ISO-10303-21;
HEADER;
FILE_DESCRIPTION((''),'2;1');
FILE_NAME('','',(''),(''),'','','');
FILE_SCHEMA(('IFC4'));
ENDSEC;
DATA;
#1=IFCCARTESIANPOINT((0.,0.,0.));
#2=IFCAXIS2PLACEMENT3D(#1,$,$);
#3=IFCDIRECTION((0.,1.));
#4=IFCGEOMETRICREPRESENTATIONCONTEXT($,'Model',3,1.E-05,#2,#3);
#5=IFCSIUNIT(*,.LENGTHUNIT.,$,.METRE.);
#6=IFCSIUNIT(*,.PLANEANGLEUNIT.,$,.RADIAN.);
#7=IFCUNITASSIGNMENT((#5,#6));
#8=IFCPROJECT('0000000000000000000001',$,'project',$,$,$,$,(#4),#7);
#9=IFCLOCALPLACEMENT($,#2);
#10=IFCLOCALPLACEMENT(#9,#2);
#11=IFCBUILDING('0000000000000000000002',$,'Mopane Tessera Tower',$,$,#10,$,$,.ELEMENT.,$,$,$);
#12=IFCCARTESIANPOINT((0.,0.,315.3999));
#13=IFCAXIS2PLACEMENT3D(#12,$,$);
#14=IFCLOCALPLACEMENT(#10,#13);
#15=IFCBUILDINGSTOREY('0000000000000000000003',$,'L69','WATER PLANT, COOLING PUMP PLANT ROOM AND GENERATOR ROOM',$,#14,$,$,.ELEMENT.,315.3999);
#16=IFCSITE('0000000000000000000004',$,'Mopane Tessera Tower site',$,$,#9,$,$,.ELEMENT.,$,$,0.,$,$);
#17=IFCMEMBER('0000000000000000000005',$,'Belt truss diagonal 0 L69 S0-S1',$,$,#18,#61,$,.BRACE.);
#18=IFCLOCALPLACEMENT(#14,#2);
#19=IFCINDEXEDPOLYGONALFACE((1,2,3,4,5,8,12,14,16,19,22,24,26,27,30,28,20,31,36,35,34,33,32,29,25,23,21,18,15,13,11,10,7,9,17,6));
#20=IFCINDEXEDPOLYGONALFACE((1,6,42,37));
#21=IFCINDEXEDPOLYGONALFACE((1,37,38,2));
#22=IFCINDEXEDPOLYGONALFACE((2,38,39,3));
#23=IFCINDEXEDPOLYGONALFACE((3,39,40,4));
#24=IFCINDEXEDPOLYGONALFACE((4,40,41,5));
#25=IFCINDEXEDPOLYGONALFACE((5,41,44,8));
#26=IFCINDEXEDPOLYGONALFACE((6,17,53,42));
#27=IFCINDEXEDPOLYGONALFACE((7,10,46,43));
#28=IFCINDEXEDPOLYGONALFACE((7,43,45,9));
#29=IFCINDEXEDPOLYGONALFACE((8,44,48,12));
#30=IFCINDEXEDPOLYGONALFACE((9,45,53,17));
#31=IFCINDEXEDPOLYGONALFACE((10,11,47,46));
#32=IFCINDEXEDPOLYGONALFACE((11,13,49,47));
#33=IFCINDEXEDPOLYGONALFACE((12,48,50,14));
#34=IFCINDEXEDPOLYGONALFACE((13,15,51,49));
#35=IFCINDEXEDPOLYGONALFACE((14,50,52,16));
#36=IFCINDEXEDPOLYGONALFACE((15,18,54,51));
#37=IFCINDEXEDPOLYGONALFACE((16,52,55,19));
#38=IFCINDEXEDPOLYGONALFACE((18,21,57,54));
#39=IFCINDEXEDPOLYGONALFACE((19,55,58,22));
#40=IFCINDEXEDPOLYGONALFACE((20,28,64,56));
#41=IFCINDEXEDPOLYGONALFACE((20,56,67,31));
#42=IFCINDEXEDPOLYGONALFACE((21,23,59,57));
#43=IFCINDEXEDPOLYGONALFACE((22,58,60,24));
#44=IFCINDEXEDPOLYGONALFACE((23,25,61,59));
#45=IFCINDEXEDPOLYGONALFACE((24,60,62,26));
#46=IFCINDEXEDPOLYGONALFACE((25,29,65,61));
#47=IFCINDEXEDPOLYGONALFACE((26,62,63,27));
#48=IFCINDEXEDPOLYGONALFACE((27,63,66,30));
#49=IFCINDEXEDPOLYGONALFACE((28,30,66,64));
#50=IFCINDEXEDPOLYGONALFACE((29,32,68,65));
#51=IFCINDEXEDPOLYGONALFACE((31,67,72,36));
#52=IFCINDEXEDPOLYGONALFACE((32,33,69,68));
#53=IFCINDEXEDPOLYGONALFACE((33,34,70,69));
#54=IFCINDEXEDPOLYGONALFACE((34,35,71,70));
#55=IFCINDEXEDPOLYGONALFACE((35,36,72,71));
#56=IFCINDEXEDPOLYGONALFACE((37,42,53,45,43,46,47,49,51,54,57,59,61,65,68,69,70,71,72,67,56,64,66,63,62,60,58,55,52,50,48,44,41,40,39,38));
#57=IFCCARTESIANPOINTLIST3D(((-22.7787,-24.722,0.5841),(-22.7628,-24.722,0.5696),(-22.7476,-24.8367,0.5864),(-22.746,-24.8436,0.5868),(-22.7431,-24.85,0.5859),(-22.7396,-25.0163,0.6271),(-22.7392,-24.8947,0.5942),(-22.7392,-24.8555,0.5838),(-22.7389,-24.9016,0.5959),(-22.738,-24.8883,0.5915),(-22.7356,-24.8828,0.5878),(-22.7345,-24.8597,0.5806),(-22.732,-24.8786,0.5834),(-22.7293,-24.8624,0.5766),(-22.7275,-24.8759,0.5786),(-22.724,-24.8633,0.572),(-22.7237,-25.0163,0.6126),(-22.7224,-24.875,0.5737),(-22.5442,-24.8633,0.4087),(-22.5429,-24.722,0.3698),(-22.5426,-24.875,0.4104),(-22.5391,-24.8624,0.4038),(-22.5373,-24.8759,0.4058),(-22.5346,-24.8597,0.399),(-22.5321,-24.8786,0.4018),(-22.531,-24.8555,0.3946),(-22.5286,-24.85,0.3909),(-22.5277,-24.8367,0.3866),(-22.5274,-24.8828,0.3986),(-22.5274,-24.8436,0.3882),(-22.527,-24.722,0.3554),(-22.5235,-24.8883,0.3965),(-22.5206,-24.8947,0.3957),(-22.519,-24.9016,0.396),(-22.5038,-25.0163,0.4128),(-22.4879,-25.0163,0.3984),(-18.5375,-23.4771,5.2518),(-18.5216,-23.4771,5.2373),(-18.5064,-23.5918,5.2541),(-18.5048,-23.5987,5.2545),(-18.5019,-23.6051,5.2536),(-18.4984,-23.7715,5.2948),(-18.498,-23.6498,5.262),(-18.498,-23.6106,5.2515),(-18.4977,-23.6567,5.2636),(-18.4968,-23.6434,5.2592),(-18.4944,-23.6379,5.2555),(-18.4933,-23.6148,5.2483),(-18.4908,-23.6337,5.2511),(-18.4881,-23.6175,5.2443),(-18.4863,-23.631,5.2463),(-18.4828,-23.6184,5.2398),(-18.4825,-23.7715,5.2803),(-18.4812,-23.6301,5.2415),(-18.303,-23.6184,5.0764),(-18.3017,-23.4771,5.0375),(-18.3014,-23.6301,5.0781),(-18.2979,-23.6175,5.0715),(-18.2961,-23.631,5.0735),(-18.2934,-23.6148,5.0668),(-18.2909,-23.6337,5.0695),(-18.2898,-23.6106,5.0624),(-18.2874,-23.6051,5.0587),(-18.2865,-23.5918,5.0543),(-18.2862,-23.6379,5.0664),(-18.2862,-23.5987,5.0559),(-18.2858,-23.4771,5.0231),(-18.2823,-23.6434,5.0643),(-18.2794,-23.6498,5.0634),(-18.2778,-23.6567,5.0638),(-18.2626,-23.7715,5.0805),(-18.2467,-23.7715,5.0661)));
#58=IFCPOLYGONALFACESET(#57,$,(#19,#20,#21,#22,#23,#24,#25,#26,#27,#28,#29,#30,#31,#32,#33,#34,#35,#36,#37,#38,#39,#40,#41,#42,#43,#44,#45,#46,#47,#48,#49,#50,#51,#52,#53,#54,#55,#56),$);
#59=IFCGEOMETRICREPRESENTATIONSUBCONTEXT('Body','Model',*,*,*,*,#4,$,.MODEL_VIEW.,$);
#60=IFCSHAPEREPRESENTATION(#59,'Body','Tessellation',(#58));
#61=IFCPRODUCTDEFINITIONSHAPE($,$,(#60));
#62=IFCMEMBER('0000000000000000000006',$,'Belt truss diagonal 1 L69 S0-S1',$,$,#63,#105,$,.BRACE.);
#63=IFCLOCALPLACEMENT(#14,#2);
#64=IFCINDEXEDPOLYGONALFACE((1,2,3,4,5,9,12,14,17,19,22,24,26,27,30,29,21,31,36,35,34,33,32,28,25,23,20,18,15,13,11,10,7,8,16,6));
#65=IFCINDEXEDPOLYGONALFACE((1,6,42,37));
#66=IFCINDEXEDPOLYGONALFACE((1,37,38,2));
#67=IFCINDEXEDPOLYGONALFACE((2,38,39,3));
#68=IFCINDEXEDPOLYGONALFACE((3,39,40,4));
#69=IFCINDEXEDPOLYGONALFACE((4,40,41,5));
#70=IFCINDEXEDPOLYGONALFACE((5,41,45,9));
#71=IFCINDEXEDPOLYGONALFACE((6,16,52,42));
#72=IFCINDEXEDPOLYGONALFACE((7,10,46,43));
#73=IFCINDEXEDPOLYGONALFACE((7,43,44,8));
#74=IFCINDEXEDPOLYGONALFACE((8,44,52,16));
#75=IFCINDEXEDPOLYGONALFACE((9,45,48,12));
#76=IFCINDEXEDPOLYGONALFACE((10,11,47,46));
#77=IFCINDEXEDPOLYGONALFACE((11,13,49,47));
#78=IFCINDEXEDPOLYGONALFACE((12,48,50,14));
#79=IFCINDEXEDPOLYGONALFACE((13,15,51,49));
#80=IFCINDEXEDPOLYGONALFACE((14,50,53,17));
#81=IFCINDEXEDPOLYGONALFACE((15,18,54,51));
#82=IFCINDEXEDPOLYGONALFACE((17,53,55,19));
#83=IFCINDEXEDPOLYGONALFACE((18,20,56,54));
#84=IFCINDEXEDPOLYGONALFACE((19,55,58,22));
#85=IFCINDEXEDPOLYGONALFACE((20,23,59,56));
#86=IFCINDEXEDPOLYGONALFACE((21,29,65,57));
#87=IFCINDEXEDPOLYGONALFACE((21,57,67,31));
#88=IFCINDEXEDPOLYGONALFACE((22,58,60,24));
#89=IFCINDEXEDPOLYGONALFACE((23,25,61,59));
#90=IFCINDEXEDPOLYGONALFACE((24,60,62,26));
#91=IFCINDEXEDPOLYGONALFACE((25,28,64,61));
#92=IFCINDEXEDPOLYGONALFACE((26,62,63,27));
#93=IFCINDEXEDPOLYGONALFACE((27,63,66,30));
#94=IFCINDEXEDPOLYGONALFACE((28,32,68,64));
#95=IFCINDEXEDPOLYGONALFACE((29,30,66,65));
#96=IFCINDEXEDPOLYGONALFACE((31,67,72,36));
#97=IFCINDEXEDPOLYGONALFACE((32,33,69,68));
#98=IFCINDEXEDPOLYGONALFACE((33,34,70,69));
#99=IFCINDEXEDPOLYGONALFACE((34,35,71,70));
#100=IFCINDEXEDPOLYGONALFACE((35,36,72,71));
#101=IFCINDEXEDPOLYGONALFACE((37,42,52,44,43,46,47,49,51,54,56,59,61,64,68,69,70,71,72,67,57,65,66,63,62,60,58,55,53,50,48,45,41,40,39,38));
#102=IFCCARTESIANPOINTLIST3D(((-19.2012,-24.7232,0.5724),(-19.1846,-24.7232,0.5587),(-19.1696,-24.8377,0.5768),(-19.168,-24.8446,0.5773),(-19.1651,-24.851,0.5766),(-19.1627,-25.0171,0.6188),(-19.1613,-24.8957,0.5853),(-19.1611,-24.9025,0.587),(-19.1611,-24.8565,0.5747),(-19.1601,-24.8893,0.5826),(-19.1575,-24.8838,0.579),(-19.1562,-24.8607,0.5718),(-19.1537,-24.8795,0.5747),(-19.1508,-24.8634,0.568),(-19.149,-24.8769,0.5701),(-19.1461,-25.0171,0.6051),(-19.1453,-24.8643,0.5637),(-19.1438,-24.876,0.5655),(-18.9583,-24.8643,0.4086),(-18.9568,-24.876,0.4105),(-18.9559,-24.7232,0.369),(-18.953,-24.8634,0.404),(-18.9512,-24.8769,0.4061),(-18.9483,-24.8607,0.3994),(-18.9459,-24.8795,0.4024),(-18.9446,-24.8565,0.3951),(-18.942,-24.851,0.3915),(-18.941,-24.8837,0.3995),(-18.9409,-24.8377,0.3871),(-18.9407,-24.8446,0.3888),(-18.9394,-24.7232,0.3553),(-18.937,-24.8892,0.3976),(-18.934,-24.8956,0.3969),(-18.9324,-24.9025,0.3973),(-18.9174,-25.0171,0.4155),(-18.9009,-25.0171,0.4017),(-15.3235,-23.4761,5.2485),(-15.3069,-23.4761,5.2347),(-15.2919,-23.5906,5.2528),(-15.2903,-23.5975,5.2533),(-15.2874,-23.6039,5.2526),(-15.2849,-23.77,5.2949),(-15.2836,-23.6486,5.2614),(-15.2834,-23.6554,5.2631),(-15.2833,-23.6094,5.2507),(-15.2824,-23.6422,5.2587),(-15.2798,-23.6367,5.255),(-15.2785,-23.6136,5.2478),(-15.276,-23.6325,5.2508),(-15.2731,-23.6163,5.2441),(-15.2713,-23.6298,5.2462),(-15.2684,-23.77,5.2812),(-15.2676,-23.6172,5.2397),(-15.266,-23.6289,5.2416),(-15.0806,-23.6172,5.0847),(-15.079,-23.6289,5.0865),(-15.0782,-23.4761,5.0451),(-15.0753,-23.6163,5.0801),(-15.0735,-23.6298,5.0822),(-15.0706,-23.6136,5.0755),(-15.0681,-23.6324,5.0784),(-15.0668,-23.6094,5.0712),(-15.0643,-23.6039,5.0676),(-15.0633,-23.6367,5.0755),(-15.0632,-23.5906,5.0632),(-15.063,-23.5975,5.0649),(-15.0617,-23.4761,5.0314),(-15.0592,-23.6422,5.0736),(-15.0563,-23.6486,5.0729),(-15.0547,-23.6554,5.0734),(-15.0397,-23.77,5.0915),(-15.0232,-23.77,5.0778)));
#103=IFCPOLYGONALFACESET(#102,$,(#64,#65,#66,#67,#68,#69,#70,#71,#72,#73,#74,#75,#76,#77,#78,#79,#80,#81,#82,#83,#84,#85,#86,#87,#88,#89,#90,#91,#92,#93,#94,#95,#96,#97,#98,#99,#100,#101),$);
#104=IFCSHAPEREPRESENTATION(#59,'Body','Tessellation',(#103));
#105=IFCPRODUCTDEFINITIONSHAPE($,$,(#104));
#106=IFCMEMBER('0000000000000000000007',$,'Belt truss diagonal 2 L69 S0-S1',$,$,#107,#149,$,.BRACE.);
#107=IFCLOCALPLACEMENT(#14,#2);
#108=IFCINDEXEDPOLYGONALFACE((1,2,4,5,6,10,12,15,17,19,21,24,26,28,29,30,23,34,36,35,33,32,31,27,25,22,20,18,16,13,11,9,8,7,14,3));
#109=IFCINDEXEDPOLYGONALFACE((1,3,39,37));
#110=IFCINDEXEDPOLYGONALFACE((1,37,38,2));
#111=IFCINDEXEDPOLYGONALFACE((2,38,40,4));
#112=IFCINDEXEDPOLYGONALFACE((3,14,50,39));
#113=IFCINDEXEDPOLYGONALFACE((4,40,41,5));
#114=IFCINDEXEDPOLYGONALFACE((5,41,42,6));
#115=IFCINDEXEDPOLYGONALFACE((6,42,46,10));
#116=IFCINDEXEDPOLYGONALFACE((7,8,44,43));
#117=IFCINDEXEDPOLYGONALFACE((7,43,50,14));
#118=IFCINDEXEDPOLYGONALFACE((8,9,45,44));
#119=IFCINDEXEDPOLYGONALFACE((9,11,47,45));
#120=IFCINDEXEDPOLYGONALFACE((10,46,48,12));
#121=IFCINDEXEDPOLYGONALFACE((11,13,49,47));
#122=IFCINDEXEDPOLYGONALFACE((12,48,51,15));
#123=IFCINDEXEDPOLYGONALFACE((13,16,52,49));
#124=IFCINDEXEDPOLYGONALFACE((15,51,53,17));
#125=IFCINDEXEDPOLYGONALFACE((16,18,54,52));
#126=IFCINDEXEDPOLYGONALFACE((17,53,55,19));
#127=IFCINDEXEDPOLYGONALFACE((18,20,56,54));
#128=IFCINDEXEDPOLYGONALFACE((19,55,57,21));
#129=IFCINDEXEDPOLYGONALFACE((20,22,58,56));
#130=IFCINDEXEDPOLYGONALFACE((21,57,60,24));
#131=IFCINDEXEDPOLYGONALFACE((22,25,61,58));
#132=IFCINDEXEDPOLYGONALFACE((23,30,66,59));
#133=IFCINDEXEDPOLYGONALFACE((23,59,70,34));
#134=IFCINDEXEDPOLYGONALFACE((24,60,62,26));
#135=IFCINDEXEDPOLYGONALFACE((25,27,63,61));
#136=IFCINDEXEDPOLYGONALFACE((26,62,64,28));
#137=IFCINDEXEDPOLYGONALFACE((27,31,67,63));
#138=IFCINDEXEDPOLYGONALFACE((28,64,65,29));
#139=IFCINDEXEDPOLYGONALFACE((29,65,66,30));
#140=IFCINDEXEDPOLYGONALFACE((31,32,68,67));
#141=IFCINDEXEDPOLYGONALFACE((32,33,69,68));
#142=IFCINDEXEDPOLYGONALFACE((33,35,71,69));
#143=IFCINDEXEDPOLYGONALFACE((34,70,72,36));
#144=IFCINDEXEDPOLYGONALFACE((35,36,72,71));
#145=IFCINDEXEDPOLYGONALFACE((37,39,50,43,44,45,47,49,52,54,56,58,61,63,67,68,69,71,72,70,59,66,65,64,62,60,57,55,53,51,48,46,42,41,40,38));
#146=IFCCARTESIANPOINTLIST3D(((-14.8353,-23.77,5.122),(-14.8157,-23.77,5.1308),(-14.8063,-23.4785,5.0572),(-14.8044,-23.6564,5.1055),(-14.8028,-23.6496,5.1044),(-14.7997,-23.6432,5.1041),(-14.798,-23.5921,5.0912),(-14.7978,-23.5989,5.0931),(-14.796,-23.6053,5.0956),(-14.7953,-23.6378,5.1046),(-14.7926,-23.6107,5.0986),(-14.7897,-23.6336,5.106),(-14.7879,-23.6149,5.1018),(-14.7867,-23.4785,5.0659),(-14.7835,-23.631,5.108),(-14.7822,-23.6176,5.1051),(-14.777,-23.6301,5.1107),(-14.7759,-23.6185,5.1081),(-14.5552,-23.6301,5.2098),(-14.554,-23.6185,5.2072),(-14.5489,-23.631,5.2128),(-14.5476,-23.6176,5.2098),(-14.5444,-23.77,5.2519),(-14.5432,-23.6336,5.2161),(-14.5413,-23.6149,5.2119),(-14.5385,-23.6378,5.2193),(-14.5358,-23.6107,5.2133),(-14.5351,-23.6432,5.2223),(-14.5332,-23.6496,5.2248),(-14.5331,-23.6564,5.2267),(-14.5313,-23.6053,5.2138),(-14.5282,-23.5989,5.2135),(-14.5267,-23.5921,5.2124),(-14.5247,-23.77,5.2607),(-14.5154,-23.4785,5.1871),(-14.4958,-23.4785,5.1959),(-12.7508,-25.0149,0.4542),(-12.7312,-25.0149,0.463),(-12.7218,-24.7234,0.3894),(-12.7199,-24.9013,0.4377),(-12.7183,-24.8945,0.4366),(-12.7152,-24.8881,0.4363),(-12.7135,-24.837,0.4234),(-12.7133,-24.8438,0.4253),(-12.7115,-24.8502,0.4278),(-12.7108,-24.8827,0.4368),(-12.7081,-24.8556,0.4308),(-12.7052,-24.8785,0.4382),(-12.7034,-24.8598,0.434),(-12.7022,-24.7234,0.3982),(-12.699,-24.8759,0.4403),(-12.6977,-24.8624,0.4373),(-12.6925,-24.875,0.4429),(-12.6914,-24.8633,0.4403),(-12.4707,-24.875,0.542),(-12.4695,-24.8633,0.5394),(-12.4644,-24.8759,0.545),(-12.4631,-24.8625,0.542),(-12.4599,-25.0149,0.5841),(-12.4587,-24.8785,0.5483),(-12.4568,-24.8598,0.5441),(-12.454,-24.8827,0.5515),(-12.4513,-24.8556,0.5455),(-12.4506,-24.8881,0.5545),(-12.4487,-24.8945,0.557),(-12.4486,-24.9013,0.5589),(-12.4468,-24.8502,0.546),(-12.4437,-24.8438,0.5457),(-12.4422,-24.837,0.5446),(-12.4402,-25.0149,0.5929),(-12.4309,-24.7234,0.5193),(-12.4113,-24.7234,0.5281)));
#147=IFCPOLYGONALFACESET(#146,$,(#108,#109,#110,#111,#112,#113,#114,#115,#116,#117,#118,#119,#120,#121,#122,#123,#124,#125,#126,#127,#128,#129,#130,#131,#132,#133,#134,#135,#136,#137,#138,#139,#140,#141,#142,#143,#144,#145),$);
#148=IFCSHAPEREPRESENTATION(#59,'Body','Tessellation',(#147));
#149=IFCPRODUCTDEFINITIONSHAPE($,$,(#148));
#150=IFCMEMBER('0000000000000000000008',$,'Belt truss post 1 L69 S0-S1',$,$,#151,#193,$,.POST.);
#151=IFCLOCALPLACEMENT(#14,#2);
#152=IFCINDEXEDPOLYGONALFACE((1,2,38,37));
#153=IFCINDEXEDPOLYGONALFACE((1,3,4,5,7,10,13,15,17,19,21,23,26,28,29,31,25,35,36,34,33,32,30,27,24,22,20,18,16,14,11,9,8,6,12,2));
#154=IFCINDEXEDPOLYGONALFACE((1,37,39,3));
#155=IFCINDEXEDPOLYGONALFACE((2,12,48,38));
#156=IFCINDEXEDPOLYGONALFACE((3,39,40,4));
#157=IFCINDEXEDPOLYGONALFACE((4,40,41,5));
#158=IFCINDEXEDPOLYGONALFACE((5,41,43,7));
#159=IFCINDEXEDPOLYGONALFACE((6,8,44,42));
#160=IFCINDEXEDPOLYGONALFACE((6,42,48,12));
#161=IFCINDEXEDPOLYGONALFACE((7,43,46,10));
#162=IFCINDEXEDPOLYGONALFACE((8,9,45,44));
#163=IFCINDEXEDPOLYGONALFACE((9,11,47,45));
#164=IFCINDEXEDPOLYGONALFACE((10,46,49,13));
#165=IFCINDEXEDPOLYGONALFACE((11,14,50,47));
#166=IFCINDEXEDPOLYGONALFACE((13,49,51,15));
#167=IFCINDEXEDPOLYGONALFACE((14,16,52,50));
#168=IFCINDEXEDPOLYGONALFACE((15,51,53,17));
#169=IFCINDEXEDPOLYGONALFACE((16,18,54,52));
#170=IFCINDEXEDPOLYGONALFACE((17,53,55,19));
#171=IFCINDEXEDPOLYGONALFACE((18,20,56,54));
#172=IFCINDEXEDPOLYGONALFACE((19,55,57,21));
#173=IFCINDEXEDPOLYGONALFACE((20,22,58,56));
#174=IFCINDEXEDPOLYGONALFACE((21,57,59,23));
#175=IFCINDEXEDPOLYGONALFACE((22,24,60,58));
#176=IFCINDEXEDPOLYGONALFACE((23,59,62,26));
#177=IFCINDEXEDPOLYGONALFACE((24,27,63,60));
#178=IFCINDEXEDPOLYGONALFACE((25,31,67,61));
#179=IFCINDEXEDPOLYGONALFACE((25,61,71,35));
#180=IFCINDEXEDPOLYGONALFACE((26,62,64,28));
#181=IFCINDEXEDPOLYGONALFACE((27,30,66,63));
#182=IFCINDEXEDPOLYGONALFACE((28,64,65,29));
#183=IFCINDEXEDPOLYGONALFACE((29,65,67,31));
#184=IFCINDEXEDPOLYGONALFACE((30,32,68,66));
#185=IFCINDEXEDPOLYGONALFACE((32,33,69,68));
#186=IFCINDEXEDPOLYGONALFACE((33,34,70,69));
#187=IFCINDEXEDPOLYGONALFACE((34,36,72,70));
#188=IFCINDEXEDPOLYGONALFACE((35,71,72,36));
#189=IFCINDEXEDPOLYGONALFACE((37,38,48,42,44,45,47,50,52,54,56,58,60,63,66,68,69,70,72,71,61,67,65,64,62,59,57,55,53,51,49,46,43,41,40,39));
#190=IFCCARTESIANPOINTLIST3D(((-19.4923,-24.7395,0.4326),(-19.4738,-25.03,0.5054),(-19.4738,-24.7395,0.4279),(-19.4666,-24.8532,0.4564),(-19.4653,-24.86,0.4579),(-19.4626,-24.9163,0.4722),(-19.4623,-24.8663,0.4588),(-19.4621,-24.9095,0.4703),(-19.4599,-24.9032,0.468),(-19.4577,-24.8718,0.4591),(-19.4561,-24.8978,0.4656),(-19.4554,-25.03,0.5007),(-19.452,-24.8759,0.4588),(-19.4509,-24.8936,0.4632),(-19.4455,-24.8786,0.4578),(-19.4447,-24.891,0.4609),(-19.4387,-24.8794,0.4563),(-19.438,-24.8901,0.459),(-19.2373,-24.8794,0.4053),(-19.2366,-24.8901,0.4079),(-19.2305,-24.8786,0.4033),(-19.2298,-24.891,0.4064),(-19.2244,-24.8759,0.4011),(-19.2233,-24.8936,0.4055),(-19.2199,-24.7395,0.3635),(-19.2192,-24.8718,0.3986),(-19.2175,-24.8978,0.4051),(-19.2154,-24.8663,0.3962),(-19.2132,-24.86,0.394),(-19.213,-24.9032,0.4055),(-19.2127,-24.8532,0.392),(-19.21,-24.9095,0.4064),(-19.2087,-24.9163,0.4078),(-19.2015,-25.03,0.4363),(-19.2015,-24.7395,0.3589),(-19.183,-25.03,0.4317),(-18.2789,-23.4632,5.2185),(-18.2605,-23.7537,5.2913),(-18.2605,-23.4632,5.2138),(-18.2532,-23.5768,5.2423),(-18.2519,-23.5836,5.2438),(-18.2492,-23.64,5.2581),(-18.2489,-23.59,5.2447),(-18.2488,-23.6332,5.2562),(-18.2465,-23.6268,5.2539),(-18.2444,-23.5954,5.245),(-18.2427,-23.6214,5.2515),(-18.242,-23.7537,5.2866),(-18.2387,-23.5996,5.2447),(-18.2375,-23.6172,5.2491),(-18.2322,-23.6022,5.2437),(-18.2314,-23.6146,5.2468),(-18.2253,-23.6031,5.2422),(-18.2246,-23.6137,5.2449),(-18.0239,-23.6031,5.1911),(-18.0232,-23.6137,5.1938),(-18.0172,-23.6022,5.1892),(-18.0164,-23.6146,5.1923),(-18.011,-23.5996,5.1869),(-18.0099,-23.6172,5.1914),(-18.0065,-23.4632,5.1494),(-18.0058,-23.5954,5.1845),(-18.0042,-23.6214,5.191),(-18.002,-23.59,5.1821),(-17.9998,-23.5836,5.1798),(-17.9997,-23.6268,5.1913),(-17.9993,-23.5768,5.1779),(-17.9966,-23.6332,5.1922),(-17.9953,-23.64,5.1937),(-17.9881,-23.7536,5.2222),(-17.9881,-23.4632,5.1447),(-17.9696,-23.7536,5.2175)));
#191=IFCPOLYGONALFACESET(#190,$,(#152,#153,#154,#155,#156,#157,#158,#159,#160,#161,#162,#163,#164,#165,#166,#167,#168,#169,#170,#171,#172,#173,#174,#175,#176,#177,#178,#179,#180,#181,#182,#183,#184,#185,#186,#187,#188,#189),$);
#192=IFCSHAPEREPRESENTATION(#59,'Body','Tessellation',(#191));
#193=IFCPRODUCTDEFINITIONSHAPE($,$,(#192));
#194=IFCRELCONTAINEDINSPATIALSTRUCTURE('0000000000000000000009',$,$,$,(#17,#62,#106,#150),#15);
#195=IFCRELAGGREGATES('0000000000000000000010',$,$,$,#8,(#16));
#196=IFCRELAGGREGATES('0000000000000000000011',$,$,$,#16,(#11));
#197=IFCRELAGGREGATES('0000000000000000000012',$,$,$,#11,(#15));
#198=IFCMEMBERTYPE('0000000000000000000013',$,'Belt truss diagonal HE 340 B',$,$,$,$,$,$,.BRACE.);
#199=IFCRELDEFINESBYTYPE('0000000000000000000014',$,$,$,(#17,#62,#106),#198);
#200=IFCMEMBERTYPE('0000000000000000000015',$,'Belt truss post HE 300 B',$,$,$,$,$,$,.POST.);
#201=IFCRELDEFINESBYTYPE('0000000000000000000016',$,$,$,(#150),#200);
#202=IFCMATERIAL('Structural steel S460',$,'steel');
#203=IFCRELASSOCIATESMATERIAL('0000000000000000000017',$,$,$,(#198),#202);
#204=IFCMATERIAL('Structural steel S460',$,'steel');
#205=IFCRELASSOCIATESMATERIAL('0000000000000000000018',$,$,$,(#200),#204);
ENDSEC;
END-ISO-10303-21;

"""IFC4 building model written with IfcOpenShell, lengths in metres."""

from ifc_helpers import new_model, si_unit, direction, frame, origin, origin_2d, place, context, subcontext, project, spatial, i_section, extrude, material, material_profile, profile_set, type_object, element, save


model = new_model("IFC4")

# Units and contexts
model_context = context("Model", 3, precision=1e-05, world=origin(), true_north=direction((0.0, 1.0)))
body_context = subcontext(model_context, "Body", "Model", "MODEL_VIEW")
ifc_project = project(units=[si_unit("LENGTHUNIT", "METRE"), si_unit("PLANEANGLEUNIT", "RADIAN")], contexts=[model_context])

# Site, building, storey
site_placement = place(None, origin())
site = spatial("IfcSite", under=ifc_project, at=site_placement, Name="Mopane Tessera Tower site", CompositionType="ELEMENT", RefElevation=0.0)
building_placement = place(site_placement, origin())
building = spatial("IfcBuilding", under=site, at=building_placement, Name="Mopane Tessera Tower", CompositionType="ELEMENT")
storey_placement = place(building_placement, frame((0.0, 0.0, 315.3999)))
storey = spatial("IfcBuildingStorey", under=building, at=storey_placement, Name="L69", Description="WATER PLANT, COOLING PUMP PLANT ROOM AND GENERATOR ROOM", CompositionType="ELEMENT", Elevation=315.3999)

# Members
ifc_material_1 = material(Name="Structural steel S460", Category="steel")
ifc_material_profile_1 = material_profile(ifc_material_1, i_section(OverallWidth=0.3, OverallDepth=0.3401, WebThickness=0.012, FlangeThickness=0.0215, FilletRadius=0.0271, at=origin_2d()))
ifc_profile_set_1 = profile_set([ifc_material_profile_1], Name="Structural steel S460")
member_type_1 = type_object("IfcMemberType", Name="Belt truss diagonal HE 340 B", PredefinedType="BRACE", material=ifc_profile_set_1)
member_1_placement = place(storey_placement, frame((-22.6333, -24.8691, 0.4912), z_axis=(0.659754, 0.19365, 0.726102), x_axis=(-0.130234, 0.981071, -0.143316)))
element("IfcMember", 1, at=member_1_placement, inside=storey, type_object=member_type_1, Name="Belt truss diagonal 0 L69 S0-S1", PredefinedType="BRACE", context=body_context, shape_type="SweptSolid", body=[
    extrude(i_section(OverallWidth=0.3, OverallDepth=0.3401, WebThickness=0.012, FlangeThickness=0.0215, FilletRadius=0.0271, at=origin_2d()), origin(), (0.0, 0.0, 1.0), 6.4285),
])
member_2_placement = place(storey_placement, frame((-19.051, -24.8701, 0.4871), z_axis=(0.625296, 0.201096, 0.754032), x_axis=(-0.128379, 0.979571, -0.154785)))
element("IfcMember", 2, at=member_2_placement, inside=storey, type_object=member_type_1, Name="Belt truss diagonal 1 L69 S0-S1", PredefinedType="BRACE", context=body_context, shape_type="SweptSolid", body=[
    extrude(i_section(OverallWidth=0.3, OverallDepth=0.3401, WebThickness=0.012, FlangeThickness=0.0215, FilletRadius=0.0271, at=origin_2d()), origin(), (0.0, 0.0, 1.0), 6.2014),
])
member_3_placement = place(storey_placement, frame((-14.6655, -23.6243, 5.1589), z_axis=(0.396182, -0.236605, -0.887163), x_axis=(0.096501, 0.971606, -0.216031)))
element("IfcMember", 3, at=member_3_placement, inside=storey, type_object=member_type_1, Name="Belt truss diagonal 2 L69 S0-S1", PredefinedType="BRACE", context=body_context, shape_type="SweptSolid", body=[
    extrude(i_section(OverallWidth=0.3, OverallDepth=0.3401, WebThickness=0.012, FlangeThickness=0.0215, FilletRadius=0.0271, at=origin_2d()), origin(), (0.0, 0.0, 1.0), 5.2615),
])
ifc_material_2 = material(Name="Structural steel S460", Category="steel")
ifc_material_profile_2 = material_profile(ifc_material_2, i_section(OverallWidth=0.3, OverallDepth=0.3, WebThickness=0.011, FlangeThickness=0.019, FilletRadius=0.0271, at=origin_2d()))
ifc_profile_set_2 = profile_set([ifc_material_profile_2], Name="Structural steel S460")
member_type_2 = type_object("IfcMemberType", Name="Belt truss post HE 300 B", PredefinedType="POST", material=ifc_profile_set_2)
member_4_placement = place(storey_placement, frame((-19.3376, -24.8848, 0.4321), z_axis=(0.237935, 0.250287, 0.938479), x_axis=(-0.061516, 0.968172, -0.242609)))
element("IfcMember", 4, at=member_4_placement, inside=storey, type_object=member_type_2, Name="Belt truss post 1 L69 S0-S1", PredefinedType="POST", context=body_context, shape_type="SweptSolid", body=[
    extrude(i_section(OverallWidth=0.3, OverallDepth=0.3, WebThickness=0.011, FlangeThickness=0.019, FilletRadius=0.0271, at=origin_2d()), origin(), (0.0, 0.0, 1.0), 5.0996),
])

save(model, "model.ifc")
